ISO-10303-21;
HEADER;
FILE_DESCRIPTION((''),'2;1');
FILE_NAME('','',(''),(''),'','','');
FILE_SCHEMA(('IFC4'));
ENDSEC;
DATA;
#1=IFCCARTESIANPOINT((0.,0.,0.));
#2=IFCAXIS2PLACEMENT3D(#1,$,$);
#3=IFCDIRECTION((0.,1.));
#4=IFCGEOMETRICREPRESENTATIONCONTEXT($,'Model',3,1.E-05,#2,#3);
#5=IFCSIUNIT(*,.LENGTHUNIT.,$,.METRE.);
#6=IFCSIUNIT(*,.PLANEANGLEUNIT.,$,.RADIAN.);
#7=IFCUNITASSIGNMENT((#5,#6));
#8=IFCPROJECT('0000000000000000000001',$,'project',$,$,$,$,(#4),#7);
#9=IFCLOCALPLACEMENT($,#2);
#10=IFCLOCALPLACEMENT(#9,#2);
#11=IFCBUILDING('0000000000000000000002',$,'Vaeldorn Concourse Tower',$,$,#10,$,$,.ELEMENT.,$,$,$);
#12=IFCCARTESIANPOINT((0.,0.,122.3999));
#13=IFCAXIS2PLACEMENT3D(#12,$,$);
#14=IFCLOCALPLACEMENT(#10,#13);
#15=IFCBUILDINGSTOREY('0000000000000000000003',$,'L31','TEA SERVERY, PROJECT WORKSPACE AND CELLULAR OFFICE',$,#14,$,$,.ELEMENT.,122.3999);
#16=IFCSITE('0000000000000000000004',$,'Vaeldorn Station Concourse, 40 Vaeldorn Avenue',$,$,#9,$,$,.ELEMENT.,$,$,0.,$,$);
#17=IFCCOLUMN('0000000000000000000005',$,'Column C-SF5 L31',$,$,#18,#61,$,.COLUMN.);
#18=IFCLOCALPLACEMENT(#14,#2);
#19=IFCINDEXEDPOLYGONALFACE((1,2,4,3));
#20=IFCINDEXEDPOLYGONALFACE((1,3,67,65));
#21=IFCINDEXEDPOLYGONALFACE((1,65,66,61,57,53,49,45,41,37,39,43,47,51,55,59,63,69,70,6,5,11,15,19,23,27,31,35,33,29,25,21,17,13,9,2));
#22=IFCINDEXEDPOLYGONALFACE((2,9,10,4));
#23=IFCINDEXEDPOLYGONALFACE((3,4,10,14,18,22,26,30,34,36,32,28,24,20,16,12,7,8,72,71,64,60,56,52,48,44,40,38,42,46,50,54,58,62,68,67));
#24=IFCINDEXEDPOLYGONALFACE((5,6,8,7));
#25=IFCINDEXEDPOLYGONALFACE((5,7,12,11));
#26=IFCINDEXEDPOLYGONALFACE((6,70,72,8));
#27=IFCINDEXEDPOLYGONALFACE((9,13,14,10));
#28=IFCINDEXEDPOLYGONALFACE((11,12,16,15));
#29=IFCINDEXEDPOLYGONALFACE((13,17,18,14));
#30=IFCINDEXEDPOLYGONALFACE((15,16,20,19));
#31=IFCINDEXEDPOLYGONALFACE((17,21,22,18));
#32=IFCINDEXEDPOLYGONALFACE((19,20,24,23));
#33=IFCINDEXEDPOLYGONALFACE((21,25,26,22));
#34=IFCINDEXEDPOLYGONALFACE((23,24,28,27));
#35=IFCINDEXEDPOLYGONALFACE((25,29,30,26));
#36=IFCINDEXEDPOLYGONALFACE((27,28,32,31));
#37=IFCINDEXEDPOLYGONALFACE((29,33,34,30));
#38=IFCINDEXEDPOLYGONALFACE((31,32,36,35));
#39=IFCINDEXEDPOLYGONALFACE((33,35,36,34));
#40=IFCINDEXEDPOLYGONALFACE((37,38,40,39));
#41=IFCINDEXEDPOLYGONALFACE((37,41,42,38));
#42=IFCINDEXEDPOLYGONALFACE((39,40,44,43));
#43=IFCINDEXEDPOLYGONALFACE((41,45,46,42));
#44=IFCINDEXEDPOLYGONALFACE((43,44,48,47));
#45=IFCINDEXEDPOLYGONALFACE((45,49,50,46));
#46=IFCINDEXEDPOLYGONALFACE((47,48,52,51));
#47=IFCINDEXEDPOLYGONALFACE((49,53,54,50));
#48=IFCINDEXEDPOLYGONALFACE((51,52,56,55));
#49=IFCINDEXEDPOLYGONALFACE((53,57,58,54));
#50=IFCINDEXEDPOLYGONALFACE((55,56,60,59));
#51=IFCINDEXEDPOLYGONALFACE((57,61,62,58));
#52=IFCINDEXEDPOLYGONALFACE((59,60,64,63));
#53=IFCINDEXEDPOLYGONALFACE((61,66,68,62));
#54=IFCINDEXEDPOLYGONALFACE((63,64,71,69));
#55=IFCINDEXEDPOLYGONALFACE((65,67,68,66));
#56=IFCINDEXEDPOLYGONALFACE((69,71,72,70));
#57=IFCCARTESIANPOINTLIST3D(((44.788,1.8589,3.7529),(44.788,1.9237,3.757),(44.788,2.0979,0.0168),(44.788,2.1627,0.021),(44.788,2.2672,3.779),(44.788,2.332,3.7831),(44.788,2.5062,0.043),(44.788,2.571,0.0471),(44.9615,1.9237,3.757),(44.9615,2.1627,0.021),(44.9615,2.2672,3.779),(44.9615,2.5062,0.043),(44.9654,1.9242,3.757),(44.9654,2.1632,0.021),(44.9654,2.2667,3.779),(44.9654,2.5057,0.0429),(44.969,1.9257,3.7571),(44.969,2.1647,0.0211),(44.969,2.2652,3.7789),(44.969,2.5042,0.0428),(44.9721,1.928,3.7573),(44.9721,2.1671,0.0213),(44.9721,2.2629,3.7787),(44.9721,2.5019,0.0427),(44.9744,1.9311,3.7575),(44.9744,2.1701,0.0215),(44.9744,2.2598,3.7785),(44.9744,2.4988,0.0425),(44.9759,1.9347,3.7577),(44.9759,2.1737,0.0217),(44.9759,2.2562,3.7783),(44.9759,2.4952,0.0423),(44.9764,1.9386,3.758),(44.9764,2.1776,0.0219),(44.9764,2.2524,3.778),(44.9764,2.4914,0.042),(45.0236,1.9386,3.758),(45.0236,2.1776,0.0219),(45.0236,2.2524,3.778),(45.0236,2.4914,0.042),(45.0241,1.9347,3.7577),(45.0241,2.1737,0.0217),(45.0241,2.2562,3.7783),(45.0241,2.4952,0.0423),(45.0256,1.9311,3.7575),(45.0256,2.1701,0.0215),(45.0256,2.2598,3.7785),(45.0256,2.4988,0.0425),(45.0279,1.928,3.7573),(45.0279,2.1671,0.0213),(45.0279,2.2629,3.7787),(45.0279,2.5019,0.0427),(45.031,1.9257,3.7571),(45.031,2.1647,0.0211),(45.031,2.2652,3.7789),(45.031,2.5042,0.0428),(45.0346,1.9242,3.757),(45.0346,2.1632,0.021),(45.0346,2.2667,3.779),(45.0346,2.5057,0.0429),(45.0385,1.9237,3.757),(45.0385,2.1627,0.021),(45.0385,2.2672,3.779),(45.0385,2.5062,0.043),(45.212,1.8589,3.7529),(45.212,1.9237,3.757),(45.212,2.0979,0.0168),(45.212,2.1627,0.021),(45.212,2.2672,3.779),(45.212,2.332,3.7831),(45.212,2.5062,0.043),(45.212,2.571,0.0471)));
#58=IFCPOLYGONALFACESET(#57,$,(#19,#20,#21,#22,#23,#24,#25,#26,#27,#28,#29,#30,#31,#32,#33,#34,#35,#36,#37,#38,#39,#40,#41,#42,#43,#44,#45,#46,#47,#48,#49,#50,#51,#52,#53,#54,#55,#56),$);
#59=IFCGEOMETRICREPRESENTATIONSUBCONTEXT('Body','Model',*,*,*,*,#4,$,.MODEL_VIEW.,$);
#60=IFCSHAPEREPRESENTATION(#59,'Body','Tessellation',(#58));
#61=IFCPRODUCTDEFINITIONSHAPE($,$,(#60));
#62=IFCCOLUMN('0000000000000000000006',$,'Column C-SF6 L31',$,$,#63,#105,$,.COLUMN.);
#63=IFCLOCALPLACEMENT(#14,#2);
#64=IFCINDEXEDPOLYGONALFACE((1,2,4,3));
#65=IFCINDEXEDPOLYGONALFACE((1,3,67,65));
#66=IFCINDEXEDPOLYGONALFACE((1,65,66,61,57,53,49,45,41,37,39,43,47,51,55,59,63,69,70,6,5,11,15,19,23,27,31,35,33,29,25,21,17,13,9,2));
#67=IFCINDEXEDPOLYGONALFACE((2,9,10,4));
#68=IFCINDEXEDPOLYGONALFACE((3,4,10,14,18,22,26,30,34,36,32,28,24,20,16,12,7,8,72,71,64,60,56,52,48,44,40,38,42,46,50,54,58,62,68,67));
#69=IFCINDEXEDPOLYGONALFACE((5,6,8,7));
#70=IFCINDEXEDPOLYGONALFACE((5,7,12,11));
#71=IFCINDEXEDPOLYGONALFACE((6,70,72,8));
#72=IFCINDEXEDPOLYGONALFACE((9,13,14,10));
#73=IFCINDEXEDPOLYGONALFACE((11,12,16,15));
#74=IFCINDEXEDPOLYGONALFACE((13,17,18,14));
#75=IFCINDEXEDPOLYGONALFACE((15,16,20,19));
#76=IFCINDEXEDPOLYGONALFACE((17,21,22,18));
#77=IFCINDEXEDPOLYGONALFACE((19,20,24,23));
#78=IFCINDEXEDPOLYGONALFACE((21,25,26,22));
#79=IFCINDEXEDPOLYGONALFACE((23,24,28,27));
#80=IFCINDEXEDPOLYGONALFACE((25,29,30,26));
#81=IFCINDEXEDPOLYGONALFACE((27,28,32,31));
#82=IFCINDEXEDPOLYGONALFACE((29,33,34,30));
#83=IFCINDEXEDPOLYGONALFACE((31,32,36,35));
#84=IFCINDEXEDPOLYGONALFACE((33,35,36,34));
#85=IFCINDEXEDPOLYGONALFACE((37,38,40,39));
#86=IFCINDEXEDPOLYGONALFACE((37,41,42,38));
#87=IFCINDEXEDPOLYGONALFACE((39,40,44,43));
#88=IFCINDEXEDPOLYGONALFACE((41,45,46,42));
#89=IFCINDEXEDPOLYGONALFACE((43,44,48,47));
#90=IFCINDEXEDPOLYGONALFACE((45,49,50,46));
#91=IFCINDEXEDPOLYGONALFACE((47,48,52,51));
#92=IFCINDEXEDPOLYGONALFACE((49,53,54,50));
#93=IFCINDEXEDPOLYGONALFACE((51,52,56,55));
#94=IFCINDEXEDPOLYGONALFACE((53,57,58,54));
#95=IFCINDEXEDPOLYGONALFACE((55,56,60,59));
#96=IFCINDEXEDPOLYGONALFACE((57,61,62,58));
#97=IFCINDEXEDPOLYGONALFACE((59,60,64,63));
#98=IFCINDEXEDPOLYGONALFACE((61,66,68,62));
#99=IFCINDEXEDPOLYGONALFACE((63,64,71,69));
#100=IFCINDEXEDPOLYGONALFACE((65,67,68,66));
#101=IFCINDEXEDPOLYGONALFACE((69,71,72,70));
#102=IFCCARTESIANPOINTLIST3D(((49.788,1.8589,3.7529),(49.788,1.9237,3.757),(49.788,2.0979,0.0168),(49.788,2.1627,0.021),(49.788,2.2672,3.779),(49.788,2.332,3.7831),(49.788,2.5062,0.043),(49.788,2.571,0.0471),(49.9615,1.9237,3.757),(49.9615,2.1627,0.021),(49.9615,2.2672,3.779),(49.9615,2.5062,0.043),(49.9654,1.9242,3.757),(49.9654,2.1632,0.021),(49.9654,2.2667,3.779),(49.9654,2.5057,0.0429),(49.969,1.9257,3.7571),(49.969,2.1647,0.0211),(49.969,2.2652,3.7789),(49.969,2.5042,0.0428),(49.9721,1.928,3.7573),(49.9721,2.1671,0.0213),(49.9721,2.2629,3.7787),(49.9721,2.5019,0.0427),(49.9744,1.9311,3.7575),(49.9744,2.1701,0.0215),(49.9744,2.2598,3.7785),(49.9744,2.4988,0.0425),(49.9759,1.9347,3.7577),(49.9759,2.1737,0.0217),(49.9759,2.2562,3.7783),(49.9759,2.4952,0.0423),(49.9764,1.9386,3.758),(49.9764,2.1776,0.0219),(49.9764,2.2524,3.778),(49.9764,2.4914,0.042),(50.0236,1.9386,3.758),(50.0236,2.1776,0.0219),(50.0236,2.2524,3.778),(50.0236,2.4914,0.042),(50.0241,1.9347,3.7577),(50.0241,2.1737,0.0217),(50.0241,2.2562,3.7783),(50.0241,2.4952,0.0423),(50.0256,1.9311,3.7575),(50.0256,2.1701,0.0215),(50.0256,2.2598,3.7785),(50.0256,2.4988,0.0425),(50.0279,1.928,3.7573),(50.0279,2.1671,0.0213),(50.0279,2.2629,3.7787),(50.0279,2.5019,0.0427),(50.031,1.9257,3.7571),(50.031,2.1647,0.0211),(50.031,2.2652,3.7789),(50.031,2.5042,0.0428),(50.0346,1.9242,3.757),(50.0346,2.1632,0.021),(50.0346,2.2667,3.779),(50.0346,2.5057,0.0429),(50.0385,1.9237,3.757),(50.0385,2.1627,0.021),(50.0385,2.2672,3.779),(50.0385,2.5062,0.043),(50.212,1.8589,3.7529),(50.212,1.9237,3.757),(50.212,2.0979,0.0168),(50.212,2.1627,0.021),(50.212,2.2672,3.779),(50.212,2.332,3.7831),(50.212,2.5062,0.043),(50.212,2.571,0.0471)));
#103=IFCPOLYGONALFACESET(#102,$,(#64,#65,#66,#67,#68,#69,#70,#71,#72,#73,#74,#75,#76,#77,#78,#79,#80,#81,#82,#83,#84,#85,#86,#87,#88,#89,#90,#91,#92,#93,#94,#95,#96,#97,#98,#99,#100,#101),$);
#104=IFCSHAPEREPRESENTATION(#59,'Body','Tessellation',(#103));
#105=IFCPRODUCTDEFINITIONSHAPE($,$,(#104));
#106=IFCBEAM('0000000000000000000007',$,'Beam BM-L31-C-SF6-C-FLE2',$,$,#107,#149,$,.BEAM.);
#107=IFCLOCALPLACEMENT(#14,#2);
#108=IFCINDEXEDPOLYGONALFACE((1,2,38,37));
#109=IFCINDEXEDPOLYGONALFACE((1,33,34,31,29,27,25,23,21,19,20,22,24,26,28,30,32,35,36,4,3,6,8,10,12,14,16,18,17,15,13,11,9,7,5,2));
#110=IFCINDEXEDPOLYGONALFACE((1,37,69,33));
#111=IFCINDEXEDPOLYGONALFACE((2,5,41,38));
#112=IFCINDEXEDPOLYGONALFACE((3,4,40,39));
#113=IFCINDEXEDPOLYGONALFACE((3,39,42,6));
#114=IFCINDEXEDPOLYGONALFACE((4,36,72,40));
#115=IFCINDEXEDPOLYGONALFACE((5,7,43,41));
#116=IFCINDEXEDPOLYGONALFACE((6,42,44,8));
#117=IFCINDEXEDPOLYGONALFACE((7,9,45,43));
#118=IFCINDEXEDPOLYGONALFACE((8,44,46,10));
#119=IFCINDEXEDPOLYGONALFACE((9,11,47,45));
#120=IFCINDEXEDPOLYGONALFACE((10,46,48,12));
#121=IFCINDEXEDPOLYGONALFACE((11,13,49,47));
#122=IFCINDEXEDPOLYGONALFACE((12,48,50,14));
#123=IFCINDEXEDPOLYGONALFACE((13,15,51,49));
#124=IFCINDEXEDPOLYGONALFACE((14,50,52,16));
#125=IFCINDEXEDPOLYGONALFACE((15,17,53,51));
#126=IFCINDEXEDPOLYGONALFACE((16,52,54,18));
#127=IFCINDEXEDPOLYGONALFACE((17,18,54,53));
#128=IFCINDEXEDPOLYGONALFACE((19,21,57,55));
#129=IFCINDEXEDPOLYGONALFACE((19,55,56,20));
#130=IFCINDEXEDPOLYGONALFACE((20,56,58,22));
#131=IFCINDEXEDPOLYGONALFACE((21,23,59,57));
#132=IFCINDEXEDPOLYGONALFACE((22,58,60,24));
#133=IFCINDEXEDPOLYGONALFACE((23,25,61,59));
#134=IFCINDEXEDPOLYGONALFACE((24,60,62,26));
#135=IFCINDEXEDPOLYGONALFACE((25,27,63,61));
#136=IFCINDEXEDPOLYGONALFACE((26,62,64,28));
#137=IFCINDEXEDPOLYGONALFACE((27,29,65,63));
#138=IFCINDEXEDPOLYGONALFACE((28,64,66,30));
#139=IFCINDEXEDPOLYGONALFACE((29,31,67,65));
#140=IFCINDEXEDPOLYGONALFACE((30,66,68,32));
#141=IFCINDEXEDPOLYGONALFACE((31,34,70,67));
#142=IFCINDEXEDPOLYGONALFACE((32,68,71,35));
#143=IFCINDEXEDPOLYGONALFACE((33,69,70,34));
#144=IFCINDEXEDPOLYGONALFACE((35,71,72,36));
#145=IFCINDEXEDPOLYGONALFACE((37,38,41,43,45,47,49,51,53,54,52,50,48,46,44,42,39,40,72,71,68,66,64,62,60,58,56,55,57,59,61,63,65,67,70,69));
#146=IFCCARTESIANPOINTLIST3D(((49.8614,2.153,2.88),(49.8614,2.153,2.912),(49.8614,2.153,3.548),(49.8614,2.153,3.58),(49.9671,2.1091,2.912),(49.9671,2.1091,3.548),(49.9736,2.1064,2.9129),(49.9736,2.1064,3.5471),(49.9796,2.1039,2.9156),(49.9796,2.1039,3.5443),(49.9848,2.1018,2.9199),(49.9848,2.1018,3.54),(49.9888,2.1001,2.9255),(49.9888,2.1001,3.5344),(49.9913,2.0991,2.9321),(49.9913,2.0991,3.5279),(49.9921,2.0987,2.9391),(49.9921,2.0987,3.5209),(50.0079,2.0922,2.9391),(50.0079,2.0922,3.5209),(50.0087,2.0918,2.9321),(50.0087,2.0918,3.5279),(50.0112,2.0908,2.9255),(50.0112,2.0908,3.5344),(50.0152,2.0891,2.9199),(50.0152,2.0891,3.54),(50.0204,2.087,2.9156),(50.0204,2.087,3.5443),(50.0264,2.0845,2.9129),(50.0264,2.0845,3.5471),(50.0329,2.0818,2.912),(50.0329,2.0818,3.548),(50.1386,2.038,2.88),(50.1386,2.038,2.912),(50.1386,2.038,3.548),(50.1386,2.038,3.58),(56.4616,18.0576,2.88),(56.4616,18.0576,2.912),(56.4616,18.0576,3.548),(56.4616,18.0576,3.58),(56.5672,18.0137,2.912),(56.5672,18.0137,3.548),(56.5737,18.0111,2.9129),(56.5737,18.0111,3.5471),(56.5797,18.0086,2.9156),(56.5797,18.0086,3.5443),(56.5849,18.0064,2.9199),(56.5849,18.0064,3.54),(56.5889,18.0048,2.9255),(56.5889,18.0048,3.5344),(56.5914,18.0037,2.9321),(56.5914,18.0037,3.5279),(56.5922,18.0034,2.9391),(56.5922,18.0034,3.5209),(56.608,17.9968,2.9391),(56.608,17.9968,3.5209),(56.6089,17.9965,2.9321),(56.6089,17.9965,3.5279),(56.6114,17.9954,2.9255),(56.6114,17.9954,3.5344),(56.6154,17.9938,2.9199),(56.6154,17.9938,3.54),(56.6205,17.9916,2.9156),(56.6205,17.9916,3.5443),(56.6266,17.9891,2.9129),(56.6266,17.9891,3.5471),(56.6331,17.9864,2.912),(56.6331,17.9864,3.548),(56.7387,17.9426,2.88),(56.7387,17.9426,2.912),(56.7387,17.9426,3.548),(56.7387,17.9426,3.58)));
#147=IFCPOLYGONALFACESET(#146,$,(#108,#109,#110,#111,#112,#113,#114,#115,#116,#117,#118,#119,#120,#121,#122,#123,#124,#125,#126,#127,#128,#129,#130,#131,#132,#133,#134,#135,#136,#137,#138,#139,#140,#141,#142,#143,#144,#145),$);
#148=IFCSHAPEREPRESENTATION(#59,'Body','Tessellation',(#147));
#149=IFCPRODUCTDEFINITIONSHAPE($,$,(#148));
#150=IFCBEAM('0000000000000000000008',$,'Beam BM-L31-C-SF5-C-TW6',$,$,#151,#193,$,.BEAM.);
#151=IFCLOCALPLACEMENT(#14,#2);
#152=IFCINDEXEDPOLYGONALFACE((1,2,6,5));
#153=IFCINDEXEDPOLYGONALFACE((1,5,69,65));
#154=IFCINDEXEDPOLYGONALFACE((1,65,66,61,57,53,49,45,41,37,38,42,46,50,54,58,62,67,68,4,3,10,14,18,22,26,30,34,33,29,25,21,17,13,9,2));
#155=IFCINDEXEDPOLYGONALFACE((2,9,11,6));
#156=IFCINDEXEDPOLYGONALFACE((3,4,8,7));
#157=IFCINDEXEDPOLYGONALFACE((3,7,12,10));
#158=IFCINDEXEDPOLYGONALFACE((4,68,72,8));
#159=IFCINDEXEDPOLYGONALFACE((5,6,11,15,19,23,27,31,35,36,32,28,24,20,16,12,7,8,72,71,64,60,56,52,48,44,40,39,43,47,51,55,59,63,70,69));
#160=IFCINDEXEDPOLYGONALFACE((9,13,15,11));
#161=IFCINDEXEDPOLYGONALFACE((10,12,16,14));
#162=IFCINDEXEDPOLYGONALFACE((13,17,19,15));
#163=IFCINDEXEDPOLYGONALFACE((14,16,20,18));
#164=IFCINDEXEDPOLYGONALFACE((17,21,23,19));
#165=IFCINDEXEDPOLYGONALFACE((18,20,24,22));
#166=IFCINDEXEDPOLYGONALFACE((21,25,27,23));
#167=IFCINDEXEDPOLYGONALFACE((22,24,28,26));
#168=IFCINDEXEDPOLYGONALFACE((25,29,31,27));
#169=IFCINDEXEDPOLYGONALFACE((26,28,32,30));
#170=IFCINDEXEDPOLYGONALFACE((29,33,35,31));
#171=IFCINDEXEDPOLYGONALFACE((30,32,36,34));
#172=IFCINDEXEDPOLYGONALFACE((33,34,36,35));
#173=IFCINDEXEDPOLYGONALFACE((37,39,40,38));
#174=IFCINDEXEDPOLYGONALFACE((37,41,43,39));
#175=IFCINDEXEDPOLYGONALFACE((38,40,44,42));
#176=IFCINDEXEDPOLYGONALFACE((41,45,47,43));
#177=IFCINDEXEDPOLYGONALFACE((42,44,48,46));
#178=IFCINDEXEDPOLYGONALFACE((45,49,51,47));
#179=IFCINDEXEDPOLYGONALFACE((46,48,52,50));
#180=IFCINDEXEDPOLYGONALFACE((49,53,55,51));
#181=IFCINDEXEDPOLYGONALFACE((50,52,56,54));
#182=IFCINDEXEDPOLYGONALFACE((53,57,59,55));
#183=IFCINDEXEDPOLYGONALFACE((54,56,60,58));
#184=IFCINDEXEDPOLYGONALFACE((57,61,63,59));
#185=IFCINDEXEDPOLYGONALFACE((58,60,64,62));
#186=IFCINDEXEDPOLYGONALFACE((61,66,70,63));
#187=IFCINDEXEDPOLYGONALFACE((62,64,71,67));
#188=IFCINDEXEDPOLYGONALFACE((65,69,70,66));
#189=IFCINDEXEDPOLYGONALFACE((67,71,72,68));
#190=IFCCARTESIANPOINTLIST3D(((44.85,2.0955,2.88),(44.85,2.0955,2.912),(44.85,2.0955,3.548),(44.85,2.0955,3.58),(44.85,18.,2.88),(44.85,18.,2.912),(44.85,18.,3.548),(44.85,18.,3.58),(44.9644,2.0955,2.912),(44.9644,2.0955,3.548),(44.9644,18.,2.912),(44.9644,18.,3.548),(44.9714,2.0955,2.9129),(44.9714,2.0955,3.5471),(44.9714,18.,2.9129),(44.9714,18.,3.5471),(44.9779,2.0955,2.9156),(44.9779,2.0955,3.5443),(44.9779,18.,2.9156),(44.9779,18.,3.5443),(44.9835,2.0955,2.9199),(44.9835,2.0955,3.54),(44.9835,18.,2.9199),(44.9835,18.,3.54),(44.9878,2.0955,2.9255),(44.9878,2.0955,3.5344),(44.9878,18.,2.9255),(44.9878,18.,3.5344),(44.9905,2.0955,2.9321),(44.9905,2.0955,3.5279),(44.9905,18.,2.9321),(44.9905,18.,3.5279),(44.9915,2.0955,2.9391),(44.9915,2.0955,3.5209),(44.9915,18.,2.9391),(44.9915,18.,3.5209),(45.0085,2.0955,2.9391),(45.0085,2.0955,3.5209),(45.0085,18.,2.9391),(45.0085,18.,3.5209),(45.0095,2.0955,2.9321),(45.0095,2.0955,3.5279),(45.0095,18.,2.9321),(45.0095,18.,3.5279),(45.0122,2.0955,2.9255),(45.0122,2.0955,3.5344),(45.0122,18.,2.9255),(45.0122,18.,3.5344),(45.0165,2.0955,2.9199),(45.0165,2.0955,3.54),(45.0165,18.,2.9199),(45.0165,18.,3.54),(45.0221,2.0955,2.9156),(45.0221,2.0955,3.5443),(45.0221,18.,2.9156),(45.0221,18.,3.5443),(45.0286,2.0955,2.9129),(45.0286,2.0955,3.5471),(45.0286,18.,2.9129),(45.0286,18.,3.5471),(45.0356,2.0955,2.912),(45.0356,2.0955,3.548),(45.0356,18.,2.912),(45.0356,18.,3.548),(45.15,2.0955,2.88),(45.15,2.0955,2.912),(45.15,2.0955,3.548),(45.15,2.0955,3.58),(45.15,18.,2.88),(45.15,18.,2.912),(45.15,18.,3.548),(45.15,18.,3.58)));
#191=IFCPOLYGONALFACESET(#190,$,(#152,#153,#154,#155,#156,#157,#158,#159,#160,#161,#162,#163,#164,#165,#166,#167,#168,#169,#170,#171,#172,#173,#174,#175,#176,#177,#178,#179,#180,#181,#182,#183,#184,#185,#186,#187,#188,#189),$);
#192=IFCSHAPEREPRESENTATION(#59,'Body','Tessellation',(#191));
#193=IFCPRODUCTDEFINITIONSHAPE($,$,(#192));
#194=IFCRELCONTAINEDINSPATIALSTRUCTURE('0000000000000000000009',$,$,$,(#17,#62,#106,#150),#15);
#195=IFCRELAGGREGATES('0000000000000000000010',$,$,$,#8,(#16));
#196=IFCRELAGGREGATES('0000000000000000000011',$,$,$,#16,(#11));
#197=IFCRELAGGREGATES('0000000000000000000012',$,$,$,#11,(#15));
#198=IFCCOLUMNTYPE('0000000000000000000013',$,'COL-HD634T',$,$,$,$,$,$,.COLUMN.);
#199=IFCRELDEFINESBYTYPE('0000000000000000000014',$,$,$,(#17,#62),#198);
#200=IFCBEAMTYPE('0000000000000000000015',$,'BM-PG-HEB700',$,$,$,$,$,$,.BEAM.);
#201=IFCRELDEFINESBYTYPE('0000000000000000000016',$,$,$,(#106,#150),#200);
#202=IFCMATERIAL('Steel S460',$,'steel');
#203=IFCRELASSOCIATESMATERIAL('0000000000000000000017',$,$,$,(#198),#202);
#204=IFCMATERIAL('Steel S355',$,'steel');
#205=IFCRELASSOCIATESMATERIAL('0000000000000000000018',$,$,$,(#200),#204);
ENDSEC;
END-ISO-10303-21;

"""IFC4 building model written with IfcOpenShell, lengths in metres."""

from ifc_helpers import new_model, si_unit, direction, frame, origin, origin_2d, place, context, subcontext, project, spatial, i_section, extrude, source, transform, mapped, material, material_profile, profile_set, type_object, element, save


model = new_model("IFC4")

# Units and contexts
model_context = context("Model", 3, precision=1e-05, world=origin(), true_north=direction((0.0, 1.0)))
body_context = subcontext(model_context, "Body", "Model", "MODEL_VIEW")
ifc_project = project(units=[si_unit("LENGTHUNIT", "METRE"), si_unit("PLANEANGLEUNIT", "RADIAN")], contexts=[model_context])

# Site, building, storey
site_placement = place(None, origin())
site = spatial("IfcSite", under=ifc_project, at=site_placement, Name="Vaeldorn Station Concourse, 40 Vaeldorn Avenue", CompositionType="ELEMENT", RefElevation=0.0)
building_placement = place(site_placement, origin())
building = spatial("IfcBuilding", under=site, at=building_placement, Name="Vaeldorn Concourse Tower", CompositionType="ELEMENT")
storey_placement = place(building_placement, frame((0.0, 0.0, 122.3999)))
storey = spatial("IfcBuildingStorey", under=building, at=storey_placement, Name="L31", Description="TEA SERVERY, PROJECT WORKSPACE AND CELLULAR OFFICE", CompositionType="ELEMENT", Elevation=122.3999)

# Columns
ifc_material_1 = material(Name="Steel S460", Category="steel")
ifc_material_profile_1 = material_profile(ifc_material_1, i_section(OverallWidth=0.4241, OverallDepth=0.4741, WebThickness=0.0471, FlangeThickness=0.0649, FilletRadius=0.0149, at=origin_2d()), Name="HD 400x634")
ifc_profile_set_1 = profile_set([ifc_material_profile_1], Name="Steel S460")
column_type = type_object("IfcColumnType", Name="COL-HD634T", PredefinedType="COLUMN", material=ifc_profile_set_1)
shared_shape_1 = source(origin(), body_context, "Body", "SweptSolid", [
    extrude(i_section(OverallWidth=0.4241, OverallDepth=0.4741, WebThickness=0.0471, FlangeThickness=0.0649, FilletRadius=0.0149, at=origin_2d()), origin(), (0.0, 0.0, 1.0), 3.7437),
])
for number, where, z_axis, x_axis, name in (
    (1, (45.0, 2.3345, 0.032), (0.0, -0.063844, 0.99796), (1.0, 0.0, 0.0), "Column C-SF5 L31"),
    (2, (50.0, 2.3345, 0.032), (0.0, -0.063844, 0.99796), (1.0, 0.0, 0.0), "Column C-SF6 L31"),
):
    element("IfcColumn", number, at=place(storey_placement, frame(where, z_axis=z_axis, x_axis=x_axis)), inside=storey, type_object=column_type, Name=name, PredefinedType="COLUMN", context=body_context, shape_type="MappedRepresentation", body=[
        mapped(shared_shape_1, transform((0.0, 0.0, 0.0), scale=1.0)),
    ])

# Beams
ifc_material_2 = material(Name="Steel S355", Category="steel")
ifc_material_profile_2 = material_profile(ifc_material_2, i_section(OverallWidth=0.3, OverallDepth=0.7, WebThickness=0.0171, FlangeThickness=0.032, FilletRadius=0.0271, at=origin_2d()), Name="HEB 700")
ifc_profile_set_2 = profile_set([ifc_material_profile_2], Name="Steel S355")
beam_type = type_object("IfcBeamType", Name="BM-PG-HEB700", PredefinedType="BEAM", material=ifc_profile_set_2)
shared_shape_2 = source(origin(), body_context, "Body", "SweptSolid", [
    extrude(i_section(OverallWidth=0.3, OverallDepth=0.7, WebThickness=0.0171, FlangeThickness=0.032, FilletRadius=0.0271, at=origin_2d()), origin(), (0.0, 0.0, 1.0), 17.2197),
])
beam_1_placement = place(storey_placement, frame((50.0, 2.0955, 3.23), z_axis=(0.383289, 0.923628, 0.0), x_axis=(-0.923628, 0.383289, 0.0)))
element("IfcBeam", 3, at=beam_1_placement, inside=storey, type_object=beam_type, Name="Beam BM-L31-C-SF6-C-FLE2", PredefinedType="BEAM", context=body_context, shape_type="MappedRepresentation", body=[
    mapped(shared_shape_2, transform((0.0, 0.0, 0.0), scale=1.0)),
])
shared_shape_3 = source(origin(), body_context, "Body", "SweptSolid", [
    extrude(i_section(OverallWidth=0.3, OverallDepth=0.7, WebThickness=0.0171, FlangeThickness=0.032, FilletRadius=0.0271, at=origin_2d()), origin(), (0.0, 0.0, 1.0), 15.9045),
])
beam_2_placement = place(storey_placement, frame((45.0, 2.0955, 3.23), z_axis=(0.0, 1.0, 0.0), x_axis=(-1.0, 0.0, 0.0)))
element("IfcBeam", 4, at=beam_2_placement, inside=storey, type_object=beam_type, Name="Beam BM-L31-C-SF5-C-TW6", PredefinedType="BEAM", context=body_context, shape_type="MappedRepresentation", body=[
    mapped(shared_shape_3, transform((0.0, 0.0, 0.0), scale=1.0)),
])

save(model, "model.ifc")
